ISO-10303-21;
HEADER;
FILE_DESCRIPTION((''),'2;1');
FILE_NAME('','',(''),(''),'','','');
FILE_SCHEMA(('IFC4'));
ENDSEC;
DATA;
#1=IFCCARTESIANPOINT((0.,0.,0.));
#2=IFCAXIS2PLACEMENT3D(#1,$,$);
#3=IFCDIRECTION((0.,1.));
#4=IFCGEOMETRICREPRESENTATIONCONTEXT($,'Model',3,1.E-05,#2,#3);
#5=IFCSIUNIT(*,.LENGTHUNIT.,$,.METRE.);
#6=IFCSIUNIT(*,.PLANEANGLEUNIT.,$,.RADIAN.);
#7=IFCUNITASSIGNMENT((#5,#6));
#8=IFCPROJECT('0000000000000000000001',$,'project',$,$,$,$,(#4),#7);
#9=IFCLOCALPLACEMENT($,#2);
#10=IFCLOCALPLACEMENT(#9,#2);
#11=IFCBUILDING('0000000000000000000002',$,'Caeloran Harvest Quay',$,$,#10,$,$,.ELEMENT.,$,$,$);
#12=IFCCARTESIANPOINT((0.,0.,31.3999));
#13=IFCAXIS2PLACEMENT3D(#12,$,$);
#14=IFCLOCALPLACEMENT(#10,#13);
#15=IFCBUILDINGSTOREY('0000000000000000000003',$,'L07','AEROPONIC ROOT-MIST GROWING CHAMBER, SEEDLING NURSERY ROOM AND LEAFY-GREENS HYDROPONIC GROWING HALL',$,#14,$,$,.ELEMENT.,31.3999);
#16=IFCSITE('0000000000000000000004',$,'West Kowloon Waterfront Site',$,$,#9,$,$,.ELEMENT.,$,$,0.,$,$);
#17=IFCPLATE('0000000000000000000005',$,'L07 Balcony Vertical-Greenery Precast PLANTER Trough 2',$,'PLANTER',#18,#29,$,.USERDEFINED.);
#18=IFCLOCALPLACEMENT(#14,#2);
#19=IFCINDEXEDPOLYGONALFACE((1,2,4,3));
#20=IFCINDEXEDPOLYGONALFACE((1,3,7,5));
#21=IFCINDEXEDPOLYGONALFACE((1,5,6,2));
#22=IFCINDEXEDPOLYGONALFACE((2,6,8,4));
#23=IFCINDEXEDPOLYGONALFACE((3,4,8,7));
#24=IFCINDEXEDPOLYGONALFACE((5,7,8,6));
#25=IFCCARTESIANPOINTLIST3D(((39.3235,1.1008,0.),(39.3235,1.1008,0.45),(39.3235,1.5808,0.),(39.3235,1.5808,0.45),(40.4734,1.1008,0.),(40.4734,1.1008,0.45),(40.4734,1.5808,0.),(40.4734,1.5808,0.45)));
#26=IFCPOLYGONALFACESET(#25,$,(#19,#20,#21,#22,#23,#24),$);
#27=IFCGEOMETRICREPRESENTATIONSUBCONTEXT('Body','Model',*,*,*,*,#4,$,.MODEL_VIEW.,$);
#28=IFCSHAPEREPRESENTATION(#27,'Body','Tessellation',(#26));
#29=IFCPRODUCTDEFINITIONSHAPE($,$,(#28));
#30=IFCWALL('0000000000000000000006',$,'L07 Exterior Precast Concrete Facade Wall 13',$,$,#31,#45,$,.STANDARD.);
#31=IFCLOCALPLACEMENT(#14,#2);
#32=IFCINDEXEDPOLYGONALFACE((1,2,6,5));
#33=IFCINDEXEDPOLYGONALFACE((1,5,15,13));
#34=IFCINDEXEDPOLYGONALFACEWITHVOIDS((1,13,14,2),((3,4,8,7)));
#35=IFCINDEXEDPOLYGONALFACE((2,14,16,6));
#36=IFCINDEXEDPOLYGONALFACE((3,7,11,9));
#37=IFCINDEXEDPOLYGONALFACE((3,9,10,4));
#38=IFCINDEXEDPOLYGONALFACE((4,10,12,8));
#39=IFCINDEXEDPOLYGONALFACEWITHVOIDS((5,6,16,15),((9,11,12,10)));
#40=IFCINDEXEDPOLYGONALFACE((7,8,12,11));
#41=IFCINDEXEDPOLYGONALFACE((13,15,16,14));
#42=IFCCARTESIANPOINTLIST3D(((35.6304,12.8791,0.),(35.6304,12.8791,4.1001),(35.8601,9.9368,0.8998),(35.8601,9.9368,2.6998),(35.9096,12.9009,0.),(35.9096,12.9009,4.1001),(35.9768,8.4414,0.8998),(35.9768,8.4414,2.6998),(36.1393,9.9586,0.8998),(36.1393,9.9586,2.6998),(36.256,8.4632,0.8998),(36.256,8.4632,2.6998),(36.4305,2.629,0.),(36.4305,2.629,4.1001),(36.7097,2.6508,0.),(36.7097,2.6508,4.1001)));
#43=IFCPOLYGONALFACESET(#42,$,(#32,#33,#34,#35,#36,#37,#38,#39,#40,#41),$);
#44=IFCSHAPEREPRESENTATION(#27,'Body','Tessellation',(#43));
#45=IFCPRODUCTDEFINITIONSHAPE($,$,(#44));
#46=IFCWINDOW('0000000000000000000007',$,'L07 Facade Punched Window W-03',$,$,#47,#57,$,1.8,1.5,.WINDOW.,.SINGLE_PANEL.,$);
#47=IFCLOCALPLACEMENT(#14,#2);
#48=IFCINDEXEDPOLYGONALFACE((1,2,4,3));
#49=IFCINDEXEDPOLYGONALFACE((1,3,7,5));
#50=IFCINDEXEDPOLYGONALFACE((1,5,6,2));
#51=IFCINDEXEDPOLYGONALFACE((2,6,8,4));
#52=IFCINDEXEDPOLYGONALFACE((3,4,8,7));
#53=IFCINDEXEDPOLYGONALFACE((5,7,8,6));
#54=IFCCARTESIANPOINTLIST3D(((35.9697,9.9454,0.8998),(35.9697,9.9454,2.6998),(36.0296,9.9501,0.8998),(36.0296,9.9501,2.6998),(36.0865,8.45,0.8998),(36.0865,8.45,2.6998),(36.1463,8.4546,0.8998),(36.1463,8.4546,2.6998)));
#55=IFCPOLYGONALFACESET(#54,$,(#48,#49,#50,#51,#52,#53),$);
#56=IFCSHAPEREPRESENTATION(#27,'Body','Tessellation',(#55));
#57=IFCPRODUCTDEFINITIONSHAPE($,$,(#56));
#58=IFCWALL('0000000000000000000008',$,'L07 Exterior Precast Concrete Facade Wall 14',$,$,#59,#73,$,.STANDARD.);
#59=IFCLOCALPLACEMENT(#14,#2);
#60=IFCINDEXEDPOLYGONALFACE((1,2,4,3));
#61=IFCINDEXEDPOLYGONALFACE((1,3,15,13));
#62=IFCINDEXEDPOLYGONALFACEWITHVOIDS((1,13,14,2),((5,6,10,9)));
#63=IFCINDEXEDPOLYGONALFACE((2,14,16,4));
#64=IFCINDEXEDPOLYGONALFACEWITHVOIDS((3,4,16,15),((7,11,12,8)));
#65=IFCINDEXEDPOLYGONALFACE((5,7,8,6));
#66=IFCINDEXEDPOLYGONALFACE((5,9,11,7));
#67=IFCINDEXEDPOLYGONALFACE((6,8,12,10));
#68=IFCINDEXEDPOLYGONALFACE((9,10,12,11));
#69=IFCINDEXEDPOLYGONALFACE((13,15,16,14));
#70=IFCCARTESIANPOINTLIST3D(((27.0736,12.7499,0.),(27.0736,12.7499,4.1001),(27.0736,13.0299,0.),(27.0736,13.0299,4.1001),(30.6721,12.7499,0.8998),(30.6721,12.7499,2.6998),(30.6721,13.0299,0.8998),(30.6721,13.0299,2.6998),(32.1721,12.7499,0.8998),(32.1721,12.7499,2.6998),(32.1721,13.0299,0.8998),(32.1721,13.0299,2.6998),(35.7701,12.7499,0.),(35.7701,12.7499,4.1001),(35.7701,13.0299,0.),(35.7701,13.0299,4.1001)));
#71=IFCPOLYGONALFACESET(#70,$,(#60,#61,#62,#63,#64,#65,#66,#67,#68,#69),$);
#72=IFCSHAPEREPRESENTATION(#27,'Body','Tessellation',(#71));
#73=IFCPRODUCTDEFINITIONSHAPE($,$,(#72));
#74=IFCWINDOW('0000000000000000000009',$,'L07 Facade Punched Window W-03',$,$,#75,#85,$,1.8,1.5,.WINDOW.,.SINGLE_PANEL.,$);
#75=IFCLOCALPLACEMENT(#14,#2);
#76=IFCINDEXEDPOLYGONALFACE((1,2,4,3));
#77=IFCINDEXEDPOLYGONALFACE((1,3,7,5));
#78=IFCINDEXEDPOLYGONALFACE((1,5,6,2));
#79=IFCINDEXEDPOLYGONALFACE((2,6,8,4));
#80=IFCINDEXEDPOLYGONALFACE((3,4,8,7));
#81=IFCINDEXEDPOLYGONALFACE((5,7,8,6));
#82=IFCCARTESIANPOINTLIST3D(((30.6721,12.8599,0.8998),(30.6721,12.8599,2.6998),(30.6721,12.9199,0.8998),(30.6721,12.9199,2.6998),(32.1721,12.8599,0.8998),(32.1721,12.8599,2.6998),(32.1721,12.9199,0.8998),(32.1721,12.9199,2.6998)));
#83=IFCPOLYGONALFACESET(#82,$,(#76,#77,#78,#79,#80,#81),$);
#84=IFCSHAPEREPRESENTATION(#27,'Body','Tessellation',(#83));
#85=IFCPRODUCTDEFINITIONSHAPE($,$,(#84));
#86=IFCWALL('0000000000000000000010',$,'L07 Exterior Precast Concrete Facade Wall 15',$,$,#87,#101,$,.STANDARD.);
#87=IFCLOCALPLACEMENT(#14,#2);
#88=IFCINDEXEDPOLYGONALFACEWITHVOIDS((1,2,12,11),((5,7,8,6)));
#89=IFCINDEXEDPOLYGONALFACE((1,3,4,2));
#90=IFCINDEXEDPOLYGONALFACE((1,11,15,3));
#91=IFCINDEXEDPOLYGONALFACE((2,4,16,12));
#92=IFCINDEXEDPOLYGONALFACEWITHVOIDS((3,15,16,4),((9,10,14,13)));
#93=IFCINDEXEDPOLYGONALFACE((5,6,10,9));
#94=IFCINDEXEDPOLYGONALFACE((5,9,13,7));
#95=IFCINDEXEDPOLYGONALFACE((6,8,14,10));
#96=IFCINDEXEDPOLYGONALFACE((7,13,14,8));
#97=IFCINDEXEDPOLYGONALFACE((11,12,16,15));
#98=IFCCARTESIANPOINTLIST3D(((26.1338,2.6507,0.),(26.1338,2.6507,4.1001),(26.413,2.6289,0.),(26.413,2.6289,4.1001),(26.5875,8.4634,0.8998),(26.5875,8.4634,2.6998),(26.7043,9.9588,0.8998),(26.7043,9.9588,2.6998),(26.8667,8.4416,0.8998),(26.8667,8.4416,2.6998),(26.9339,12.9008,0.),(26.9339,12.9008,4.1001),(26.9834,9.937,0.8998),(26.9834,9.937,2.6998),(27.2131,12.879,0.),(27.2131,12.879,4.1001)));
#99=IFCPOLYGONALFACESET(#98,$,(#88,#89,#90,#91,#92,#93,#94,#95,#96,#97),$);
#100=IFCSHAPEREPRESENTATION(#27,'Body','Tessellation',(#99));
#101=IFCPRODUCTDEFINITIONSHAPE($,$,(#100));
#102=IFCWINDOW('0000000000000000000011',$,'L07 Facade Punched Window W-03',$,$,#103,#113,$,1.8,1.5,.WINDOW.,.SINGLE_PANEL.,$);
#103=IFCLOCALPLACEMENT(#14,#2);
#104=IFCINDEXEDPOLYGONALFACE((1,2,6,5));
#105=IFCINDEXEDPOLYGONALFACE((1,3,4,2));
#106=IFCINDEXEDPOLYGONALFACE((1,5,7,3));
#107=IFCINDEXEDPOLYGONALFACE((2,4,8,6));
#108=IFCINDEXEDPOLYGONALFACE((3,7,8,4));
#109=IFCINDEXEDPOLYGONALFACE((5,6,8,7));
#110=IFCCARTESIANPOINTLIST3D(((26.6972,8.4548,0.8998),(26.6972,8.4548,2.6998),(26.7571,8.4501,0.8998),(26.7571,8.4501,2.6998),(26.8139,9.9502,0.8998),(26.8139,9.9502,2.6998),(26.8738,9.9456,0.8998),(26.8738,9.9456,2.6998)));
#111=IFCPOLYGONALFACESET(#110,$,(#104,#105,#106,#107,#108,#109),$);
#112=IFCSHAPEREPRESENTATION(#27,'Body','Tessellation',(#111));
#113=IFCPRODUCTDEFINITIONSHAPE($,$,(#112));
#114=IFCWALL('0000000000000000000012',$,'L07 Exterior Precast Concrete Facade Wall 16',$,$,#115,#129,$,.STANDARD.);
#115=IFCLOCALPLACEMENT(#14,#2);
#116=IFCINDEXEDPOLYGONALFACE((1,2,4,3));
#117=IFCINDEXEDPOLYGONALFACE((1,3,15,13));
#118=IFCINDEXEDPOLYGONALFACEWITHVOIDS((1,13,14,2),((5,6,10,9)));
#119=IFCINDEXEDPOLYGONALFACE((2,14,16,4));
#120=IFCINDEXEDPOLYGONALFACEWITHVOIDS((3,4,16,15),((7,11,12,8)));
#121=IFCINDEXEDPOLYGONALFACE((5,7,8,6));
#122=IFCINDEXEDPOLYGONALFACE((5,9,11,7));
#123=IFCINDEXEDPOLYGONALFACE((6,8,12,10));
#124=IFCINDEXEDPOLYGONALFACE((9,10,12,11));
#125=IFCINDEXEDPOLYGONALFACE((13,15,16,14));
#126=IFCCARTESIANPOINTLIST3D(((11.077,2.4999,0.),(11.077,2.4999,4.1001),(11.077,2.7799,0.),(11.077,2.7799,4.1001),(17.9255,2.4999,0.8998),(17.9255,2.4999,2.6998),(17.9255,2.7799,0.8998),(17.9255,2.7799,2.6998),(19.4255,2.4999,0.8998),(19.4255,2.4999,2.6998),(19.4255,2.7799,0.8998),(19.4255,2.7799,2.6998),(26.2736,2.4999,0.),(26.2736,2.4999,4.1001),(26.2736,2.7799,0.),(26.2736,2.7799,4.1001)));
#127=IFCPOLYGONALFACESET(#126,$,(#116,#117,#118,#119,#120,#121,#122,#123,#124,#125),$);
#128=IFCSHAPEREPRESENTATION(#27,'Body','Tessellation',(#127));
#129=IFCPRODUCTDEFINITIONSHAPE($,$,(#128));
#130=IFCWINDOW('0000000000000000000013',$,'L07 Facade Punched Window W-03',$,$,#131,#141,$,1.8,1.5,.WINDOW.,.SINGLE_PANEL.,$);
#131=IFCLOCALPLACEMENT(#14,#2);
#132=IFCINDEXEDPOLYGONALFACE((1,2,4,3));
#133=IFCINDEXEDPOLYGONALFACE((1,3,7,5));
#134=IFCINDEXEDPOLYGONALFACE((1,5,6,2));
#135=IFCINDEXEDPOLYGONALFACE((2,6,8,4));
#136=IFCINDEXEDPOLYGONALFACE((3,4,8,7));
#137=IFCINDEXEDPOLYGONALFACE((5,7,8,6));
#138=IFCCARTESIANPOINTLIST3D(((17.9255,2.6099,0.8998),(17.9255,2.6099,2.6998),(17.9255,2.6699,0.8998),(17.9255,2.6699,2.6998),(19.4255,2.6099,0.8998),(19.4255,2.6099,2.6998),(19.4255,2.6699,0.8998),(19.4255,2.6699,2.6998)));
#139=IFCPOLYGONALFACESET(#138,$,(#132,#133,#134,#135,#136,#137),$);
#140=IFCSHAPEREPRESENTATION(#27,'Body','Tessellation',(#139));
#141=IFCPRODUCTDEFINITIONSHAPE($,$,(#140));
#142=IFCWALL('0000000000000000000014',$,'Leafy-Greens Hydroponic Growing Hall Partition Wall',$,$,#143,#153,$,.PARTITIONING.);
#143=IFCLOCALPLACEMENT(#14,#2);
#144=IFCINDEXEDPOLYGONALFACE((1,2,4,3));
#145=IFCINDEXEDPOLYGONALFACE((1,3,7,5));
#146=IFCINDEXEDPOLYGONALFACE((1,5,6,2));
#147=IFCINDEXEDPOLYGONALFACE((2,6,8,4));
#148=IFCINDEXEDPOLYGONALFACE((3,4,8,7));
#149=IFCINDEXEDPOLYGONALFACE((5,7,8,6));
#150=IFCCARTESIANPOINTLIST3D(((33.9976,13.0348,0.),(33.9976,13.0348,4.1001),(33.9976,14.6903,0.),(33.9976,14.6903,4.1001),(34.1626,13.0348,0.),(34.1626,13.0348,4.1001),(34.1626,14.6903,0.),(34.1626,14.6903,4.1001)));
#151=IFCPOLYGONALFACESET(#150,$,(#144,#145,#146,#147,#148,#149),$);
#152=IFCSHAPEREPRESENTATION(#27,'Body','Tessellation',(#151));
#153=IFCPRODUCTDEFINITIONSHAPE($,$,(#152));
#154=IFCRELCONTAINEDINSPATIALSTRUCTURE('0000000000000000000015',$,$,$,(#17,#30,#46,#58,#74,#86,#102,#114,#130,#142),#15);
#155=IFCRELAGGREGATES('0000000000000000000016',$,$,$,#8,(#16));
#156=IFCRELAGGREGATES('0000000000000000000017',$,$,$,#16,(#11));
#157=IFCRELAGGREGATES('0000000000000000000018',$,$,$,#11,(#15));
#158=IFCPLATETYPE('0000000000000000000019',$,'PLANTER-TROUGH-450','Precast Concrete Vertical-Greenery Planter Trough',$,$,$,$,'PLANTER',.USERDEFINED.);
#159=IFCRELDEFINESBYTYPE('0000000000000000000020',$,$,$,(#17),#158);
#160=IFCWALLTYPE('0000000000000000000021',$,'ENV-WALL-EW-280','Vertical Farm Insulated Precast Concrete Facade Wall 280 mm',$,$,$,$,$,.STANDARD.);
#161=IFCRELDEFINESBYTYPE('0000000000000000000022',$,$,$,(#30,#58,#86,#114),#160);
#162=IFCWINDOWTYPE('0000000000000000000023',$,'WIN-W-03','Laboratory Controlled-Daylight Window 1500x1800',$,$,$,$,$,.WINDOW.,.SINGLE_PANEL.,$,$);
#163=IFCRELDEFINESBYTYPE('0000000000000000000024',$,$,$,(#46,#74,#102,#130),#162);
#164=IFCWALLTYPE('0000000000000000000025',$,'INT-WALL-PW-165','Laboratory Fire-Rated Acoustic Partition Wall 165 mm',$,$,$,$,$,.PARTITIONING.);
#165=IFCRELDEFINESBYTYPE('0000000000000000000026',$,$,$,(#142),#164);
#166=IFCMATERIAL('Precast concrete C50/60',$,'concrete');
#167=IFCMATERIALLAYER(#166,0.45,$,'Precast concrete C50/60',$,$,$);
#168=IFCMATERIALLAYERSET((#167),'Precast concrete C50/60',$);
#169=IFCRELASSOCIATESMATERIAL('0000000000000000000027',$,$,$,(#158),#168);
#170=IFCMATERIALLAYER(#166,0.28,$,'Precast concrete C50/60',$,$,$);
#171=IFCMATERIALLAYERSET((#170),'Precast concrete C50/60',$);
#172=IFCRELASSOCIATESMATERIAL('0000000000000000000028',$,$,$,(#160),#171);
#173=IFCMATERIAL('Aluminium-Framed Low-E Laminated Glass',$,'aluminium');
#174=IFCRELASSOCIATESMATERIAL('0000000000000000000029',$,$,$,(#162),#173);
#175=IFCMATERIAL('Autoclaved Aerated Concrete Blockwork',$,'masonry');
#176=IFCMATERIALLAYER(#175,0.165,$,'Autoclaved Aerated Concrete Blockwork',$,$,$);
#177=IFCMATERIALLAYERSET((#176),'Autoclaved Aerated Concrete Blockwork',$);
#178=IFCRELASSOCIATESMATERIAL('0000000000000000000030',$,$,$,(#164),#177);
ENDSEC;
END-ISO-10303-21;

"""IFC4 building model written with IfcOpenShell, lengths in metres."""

from ifc_helpers import new_model, si_unit, direction, frame, frame_2d, origin, origin_2d, place, context, subcontext, project, spatial, rectangle, extrude, material, layer, layer_set, type_object, element, fill, save


model = new_model("IFC4")

# Units and contexts
model_context = context("Model", 3, precision=1e-05, world=origin(), true_north=direction((0.0, 1.0)))
body_context = subcontext(model_context, "Body", "Model", "MODEL_VIEW")
ifc_project = project(units=[si_unit("LENGTHUNIT", "METRE"), si_unit("PLANEANGLEUNIT", "RADIAN")], contexts=[model_context])

# Site, building, storey
site_placement = place(None, origin())
site = spatial("IfcSite", under=ifc_project, at=site_placement, Name="West Kowloon Waterfront Site", CompositionType="ELEMENT", RefElevation=0.0)
building_placement = place(site_placement, origin())
building = spatial("IfcBuilding", under=site, at=building_placement, Name="Caeloran Harvest Quay", CompositionType="ELEMENT")
storey_placement = place(building_placement, frame((0.0, 0.0, 31.3999)))
storey = spatial("IfcBuildingStorey", under=building, at=storey_placement, Name="L07", Description="AEROPONIC ROOT-MIST GROWING CHAMBER, SEEDLING NURSERY ROOM AND LEAFY-GREENS HYDROPONIC GROWING HALL", CompositionType="ELEMENT", Elevation=31.3999)

# Plate
ifc_material_1 = material(Name="Precast concrete C50/60", Category="concrete")
ifc_layer_1 = layer(ifc_material_1, 0.45, Name="Precast concrete C50/60")
ifc_layer_set_1 = layer_set([ifc_layer_1], Name="Precast concrete C50/60")
plate_type = type_object("IfcPlateType", Name="PLANTER-TROUGH-450", Description="Precast Concrete Vertical-Greenery Planter Trough", ElementType="PLANTER", PredefinedType="USERDEFINED", material=ifc_layer_set_1)
plate_placement = place(storey_placement, frame((39.8984, 1.3408, 0.0), z_axis=(0.0, 0.0, 1.0), x_axis=(1.0, 0.0, 0.0)))
element("IfcPlate", 1, at=plate_placement, inside=storey, type_object=plate_type, Name="L07 Balcony Vertical-Greenery Precast PLANTER Trough 2", ObjectType="PLANTER", PredefinedType="USERDEFINED", context=body_context, shape_type="SweptSolid", body=[
    extrude(rectangle(XDim=1.1499, YDim=0.48, at=origin_2d()), origin(), (0.0, 0.0, 1.0), 0.45),
])

# Walls, openings, windows
ifc_layer_2 = layer(ifc_material_1, 0.28, Name="Precast concrete C50/60")
ifc_layer_set_2 = layer_set([ifc_layer_2], Name="Precast concrete C50/60")
wall_type_1 = type_object("IfcWallType", Name="ENV-WALL-EW-280", Description="Vertical Farm Insulated Precast Concrete Facade Wall 280 mm", PredefinedType="STANDARD", material=ifc_layer_set_2)
wall_1_placement = place(storey_placement, frame((36.5701, 2.6399, 0.0), z_axis=(0.0, 0.0, 1.0), x_axis=(-0.077817, 0.996968, 0.0)))
wall_1 = element("IfcWall", 2, at=wall_1_placement, inside=storey, type_object=wall_type_1, Name="L07 Exterior Precast Concrete Facade Wall 13", PredefinedType="STANDARD", context=body_context, shape_type="SweptSolid", body=[
    extrude(rectangle(XDim=10.2812, YDim=0.28, at=frame_2d((5.1406, 0.0))), origin(), (0.0, 0.0, 1.0), 4.1001),
])
opening_1_placement = place(wall_1_placement, frame((5.8301, 0.0, 0.8999)))
opening_1 = element("IfcOpeningElement", 3, at=opening_1_placement, cuts=wall_1, PredefinedType="OPENING", context=body_context, shape_type="SweptSolid", body=[
    extrude(rectangle(XDim=1.5, YDim=1.8, at=frame_2d((0.75, 0.8999))), frame((0.0, 0.1499, 0.0), z_axis=(0.0, -1.0, 0.0), x_axis=(1.0, 0.0, 0.0)), (0.0, 0.0, 1.0), 0.3),
])
ifc_material_2 = material(Name="Aluminium-Framed Low-E Laminated Glass", Category="aluminium")
window_type = type_object("IfcWindowType", Name="WIN-W-03", Description="Laboratory Controlled-Daylight Window 1500x1800", PartitioningType="SINGLE_PANEL", PredefinedType="WINDOW", material=ifc_material_2)
window_1_placement = place(opening_1_placement, origin())
window_1 = element("IfcWindow", 4, at=window_1_placement, inside=storey, type_object=window_type, Name="L07 Facade Punched Window W-03", OverallHeight=1.8, OverallWidth=1.5, PartitioningType="SINGLE_PANEL", PredefinedType="WINDOW", context=body_context, shape_type="SweptSolid", body=[
    extrude(rectangle(XDim=1.5, YDim=1.8, at=frame_2d((0.75, 0.8999))), frame((0.0, 0.03, 0.0), z_axis=(0.0, -1.0, 0.0), x_axis=(1.0, 0.0, 0.0)), (0.0, 0.0, 1.0), 0.0601),
])
fill(opening_1, window_1)
wall_2_placement = place(storey_placement, frame((35.77, 12.8899, 0.0), z_axis=(0.0, 0.0, 1.0), x_axis=(-1.0, 0.0, 0.0)))
wall_2 = element("IfcWall", 5, at=wall_2_placement, inside=storey, type_object=wall_type_1, Name="L07 Exterior Precast Concrete Facade Wall 14", PredefinedType="STANDARD", context=body_context, shape_type="SweptSolid", body=[
    extrude(rectangle(XDim=8.6965, YDim=0.28, at=frame_2d((4.3481, 0.0))), origin(), (0.0, 0.0, 1.0), 4.1001),
])
opening_2_placement = place(wall_2_placement, frame((3.5979, 0.0, 0.8999)))
opening_2 = element("IfcOpeningElement", 6, at=opening_2_placement, cuts=wall_2, PredefinedType="OPENING", context=body_context, shape_type="SweptSolid", body=[
    extrude(rectangle(XDim=1.5, YDim=1.8, at=frame_2d((0.75, 0.8999))), frame((0.0, 0.1499, 0.0), z_axis=(0.0, -1.0, 0.0), x_axis=(1.0, 0.0, 0.0)), (0.0, 0.0, 1.0), 0.3),
])
window_2_placement = place(opening_2_placement, origin())
window_2 = element("IfcWindow", 7, at=window_2_placement, inside=storey, type_object=window_type, Name="L07 Facade Punched Window W-03", OverallHeight=1.8, OverallWidth=1.5, PartitioningType="SINGLE_PANEL", PredefinedType="WINDOW", context=body_context, shape_type="SweptSolid", body=[
    extrude(rectangle(XDim=1.5, YDim=1.8, at=frame_2d((0.75, 0.8999))), frame((0.0, 0.03, 0.0), z_axis=(0.0, -1.0, 0.0), x_axis=(1.0, 0.0, 0.0)), (0.0, 0.0, 1.0), 0.0601),
])
fill(opening_2, window_2)
wall_3_placement = place(storey_placement, frame((27.0735, 12.8899, 0.0), z_axis=(0.0, 0.0, 1.0), x_axis=(-0.077817, -0.996968, 0.0)))
wall_3 = element("IfcWall", 8, at=wall_3_placement, inside=storey, type_object=wall_type_1, Name="L07 Exterior Precast Concrete Facade Wall 15", PredefinedType="STANDARD", context=body_context, shape_type="SweptSolid", body=[
    extrude(rectangle(XDim=10.2812, YDim=0.28, at=frame_2d((5.1406, 0.0))), origin(), (0.0, 0.0, 1.0), 4.1001),
])
opening_3_placement = place(wall_3_placement, frame((2.9509, 0.0, 0.8999)))
opening_3 = element("IfcOpeningElement", 9, at=opening_3_placement, cuts=wall_3, PredefinedType="OPENING", context=body_context, shape_type="SweptSolid", body=[
    extrude(rectangle(XDim=1.5, YDim=1.8, at=frame_2d((0.75, 0.8999))), frame((0.0, 0.1499, 0.0), z_axis=(0.0, -1.0, 0.0), x_axis=(1.0, 0.0, 0.0)), (0.0, 0.0, 1.0), 0.3),
])
window_3_placement = place(opening_3_placement, origin())
window_3 = element("IfcWindow", 10, at=window_3_placement, inside=storey, type_object=window_type, Name="L07 Facade Punched Window W-03", OverallHeight=1.8, OverallWidth=1.5, PartitioningType="SINGLE_PANEL", PredefinedType="WINDOW", context=body_context, shape_type="SweptSolid", body=[
    extrude(rectangle(XDim=1.5, YDim=1.8, at=frame_2d((0.75, 0.8999))), frame((0.0, 0.03, 0.0), z_axis=(0.0, -1.0, 0.0), x_axis=(1.0, 0.0, 0.0)), (0.0, 0.0, 1.0), 0.0601),
])
fill(opening_3, window_3)
wall_4_placement = place(storey_placement, frame((26.2734, 2.6399, 0.0), z_axis=(0.0, 0.0, 1.0), x_axis=(-1.0, 0.0, 0.0)))
wall_4 = element("IfcWall", 11, at=wall_4_placement, inside=storey, type_object=wall_type_1, Name="L07 Exterior Precast Concrete Facade Wall 16", PredefinedType="STANDARD", context=body_context, shape_type="SweptSolid", body=[
    extrude(rectangle(XDim=15.1965, YDim=0.28, at=frame_2d((7.5981, 0.0))), origin(), (0.0, 0.0, 1.0), 4.1001),
])
opening_4_placement = place(wall_4_placement, frame((6.8479, 0.0, 0.8999)))
opening_4 = element("IfcOpeningElement", 12, at=opening_4_placement, cuts=wall_4, PredefinedType="OPENING", context=body_context, shape_type="SweptSolid", body=[
    extrude(rectangle(XDim=1.5, YDim=1.8, at=frame_2d((0.75, 0.8999))), frame((0.0, 0.1499, 0.0), z_axis=(0.0, -1.0, 0.0), x_axis=(1.0, 0.0, 0.0)), (0.0, 0.0, 1.0), 0.3),
])
window_4_placement = place(opening_4_placement, origin())
window_4 = element("IfcWindow", 13, at=window_4_placement, inside=storey, type_object=window_type, Name="L07 Facade Punched Window W-03", OverallHeight=1.8, OverallWidth=1.5, PartitioningType="SINGLE_PANEL", PredefinedType="WINDOW", context=body_context, shape_type="SweptSolid", body=[
    extrude(rectangle(XDim=1.5, YDim=1.8, at=frame_2d((0.75, 0.8999))), frame((0.0, 0.03, 0.0), z_axis=(0.0, -1.0, 0.0), x_axis=(1.0, 0.0, 0.0)), (0.0, 0.0, 1.0), 0.0601),
])
fill(opening_4, window_4)

# Wall
ifc_material_3 = material(Name="Autoclaved Aerated Concrete Blockwork", Category="masonry")
ifc_layer_3 = layer(ifc_material_3, 0.165, Name="Autoclaved Aerated Concrete Blockwork")
ifc_layer_set_3 = layer_set([ifc_layer_3], Name="Autoclaved Aerated Concrete Blockwork")
wall_type_2 = type_object("IfcWallType", Name="INT-WALL-PW-165", Description="Laboratory Fire-Rated Acoustic Partition Wall 165 mm", PredefinedType="PARTITIONING", material=ifc_layer_set_3)
wall_5_placement = place(storey_placement, frame((34.0801, 13.0349, 0.0), z_axis=(0.0, 0.0, 1.0), x_axis=(0.0, 1.0, 0.0)))
element("IfcWall", 14, at=wall_5_placement, inside=storey, type_object=wall_type_2, Name="Leafy-Greens Hydroponic Growing Hall Partition Wall", PredefinedType="PARTITIONING", context=body_context, shape_type="SweptSolid", body=[
    extrude(rectangle(XDim=1.6555, YDim=0.165, at=frame_2d((0.8276, 0.0))), origin(), (0.0, 0.0, 1.0), 4.1001),
])

save(model, "model.ifc")
